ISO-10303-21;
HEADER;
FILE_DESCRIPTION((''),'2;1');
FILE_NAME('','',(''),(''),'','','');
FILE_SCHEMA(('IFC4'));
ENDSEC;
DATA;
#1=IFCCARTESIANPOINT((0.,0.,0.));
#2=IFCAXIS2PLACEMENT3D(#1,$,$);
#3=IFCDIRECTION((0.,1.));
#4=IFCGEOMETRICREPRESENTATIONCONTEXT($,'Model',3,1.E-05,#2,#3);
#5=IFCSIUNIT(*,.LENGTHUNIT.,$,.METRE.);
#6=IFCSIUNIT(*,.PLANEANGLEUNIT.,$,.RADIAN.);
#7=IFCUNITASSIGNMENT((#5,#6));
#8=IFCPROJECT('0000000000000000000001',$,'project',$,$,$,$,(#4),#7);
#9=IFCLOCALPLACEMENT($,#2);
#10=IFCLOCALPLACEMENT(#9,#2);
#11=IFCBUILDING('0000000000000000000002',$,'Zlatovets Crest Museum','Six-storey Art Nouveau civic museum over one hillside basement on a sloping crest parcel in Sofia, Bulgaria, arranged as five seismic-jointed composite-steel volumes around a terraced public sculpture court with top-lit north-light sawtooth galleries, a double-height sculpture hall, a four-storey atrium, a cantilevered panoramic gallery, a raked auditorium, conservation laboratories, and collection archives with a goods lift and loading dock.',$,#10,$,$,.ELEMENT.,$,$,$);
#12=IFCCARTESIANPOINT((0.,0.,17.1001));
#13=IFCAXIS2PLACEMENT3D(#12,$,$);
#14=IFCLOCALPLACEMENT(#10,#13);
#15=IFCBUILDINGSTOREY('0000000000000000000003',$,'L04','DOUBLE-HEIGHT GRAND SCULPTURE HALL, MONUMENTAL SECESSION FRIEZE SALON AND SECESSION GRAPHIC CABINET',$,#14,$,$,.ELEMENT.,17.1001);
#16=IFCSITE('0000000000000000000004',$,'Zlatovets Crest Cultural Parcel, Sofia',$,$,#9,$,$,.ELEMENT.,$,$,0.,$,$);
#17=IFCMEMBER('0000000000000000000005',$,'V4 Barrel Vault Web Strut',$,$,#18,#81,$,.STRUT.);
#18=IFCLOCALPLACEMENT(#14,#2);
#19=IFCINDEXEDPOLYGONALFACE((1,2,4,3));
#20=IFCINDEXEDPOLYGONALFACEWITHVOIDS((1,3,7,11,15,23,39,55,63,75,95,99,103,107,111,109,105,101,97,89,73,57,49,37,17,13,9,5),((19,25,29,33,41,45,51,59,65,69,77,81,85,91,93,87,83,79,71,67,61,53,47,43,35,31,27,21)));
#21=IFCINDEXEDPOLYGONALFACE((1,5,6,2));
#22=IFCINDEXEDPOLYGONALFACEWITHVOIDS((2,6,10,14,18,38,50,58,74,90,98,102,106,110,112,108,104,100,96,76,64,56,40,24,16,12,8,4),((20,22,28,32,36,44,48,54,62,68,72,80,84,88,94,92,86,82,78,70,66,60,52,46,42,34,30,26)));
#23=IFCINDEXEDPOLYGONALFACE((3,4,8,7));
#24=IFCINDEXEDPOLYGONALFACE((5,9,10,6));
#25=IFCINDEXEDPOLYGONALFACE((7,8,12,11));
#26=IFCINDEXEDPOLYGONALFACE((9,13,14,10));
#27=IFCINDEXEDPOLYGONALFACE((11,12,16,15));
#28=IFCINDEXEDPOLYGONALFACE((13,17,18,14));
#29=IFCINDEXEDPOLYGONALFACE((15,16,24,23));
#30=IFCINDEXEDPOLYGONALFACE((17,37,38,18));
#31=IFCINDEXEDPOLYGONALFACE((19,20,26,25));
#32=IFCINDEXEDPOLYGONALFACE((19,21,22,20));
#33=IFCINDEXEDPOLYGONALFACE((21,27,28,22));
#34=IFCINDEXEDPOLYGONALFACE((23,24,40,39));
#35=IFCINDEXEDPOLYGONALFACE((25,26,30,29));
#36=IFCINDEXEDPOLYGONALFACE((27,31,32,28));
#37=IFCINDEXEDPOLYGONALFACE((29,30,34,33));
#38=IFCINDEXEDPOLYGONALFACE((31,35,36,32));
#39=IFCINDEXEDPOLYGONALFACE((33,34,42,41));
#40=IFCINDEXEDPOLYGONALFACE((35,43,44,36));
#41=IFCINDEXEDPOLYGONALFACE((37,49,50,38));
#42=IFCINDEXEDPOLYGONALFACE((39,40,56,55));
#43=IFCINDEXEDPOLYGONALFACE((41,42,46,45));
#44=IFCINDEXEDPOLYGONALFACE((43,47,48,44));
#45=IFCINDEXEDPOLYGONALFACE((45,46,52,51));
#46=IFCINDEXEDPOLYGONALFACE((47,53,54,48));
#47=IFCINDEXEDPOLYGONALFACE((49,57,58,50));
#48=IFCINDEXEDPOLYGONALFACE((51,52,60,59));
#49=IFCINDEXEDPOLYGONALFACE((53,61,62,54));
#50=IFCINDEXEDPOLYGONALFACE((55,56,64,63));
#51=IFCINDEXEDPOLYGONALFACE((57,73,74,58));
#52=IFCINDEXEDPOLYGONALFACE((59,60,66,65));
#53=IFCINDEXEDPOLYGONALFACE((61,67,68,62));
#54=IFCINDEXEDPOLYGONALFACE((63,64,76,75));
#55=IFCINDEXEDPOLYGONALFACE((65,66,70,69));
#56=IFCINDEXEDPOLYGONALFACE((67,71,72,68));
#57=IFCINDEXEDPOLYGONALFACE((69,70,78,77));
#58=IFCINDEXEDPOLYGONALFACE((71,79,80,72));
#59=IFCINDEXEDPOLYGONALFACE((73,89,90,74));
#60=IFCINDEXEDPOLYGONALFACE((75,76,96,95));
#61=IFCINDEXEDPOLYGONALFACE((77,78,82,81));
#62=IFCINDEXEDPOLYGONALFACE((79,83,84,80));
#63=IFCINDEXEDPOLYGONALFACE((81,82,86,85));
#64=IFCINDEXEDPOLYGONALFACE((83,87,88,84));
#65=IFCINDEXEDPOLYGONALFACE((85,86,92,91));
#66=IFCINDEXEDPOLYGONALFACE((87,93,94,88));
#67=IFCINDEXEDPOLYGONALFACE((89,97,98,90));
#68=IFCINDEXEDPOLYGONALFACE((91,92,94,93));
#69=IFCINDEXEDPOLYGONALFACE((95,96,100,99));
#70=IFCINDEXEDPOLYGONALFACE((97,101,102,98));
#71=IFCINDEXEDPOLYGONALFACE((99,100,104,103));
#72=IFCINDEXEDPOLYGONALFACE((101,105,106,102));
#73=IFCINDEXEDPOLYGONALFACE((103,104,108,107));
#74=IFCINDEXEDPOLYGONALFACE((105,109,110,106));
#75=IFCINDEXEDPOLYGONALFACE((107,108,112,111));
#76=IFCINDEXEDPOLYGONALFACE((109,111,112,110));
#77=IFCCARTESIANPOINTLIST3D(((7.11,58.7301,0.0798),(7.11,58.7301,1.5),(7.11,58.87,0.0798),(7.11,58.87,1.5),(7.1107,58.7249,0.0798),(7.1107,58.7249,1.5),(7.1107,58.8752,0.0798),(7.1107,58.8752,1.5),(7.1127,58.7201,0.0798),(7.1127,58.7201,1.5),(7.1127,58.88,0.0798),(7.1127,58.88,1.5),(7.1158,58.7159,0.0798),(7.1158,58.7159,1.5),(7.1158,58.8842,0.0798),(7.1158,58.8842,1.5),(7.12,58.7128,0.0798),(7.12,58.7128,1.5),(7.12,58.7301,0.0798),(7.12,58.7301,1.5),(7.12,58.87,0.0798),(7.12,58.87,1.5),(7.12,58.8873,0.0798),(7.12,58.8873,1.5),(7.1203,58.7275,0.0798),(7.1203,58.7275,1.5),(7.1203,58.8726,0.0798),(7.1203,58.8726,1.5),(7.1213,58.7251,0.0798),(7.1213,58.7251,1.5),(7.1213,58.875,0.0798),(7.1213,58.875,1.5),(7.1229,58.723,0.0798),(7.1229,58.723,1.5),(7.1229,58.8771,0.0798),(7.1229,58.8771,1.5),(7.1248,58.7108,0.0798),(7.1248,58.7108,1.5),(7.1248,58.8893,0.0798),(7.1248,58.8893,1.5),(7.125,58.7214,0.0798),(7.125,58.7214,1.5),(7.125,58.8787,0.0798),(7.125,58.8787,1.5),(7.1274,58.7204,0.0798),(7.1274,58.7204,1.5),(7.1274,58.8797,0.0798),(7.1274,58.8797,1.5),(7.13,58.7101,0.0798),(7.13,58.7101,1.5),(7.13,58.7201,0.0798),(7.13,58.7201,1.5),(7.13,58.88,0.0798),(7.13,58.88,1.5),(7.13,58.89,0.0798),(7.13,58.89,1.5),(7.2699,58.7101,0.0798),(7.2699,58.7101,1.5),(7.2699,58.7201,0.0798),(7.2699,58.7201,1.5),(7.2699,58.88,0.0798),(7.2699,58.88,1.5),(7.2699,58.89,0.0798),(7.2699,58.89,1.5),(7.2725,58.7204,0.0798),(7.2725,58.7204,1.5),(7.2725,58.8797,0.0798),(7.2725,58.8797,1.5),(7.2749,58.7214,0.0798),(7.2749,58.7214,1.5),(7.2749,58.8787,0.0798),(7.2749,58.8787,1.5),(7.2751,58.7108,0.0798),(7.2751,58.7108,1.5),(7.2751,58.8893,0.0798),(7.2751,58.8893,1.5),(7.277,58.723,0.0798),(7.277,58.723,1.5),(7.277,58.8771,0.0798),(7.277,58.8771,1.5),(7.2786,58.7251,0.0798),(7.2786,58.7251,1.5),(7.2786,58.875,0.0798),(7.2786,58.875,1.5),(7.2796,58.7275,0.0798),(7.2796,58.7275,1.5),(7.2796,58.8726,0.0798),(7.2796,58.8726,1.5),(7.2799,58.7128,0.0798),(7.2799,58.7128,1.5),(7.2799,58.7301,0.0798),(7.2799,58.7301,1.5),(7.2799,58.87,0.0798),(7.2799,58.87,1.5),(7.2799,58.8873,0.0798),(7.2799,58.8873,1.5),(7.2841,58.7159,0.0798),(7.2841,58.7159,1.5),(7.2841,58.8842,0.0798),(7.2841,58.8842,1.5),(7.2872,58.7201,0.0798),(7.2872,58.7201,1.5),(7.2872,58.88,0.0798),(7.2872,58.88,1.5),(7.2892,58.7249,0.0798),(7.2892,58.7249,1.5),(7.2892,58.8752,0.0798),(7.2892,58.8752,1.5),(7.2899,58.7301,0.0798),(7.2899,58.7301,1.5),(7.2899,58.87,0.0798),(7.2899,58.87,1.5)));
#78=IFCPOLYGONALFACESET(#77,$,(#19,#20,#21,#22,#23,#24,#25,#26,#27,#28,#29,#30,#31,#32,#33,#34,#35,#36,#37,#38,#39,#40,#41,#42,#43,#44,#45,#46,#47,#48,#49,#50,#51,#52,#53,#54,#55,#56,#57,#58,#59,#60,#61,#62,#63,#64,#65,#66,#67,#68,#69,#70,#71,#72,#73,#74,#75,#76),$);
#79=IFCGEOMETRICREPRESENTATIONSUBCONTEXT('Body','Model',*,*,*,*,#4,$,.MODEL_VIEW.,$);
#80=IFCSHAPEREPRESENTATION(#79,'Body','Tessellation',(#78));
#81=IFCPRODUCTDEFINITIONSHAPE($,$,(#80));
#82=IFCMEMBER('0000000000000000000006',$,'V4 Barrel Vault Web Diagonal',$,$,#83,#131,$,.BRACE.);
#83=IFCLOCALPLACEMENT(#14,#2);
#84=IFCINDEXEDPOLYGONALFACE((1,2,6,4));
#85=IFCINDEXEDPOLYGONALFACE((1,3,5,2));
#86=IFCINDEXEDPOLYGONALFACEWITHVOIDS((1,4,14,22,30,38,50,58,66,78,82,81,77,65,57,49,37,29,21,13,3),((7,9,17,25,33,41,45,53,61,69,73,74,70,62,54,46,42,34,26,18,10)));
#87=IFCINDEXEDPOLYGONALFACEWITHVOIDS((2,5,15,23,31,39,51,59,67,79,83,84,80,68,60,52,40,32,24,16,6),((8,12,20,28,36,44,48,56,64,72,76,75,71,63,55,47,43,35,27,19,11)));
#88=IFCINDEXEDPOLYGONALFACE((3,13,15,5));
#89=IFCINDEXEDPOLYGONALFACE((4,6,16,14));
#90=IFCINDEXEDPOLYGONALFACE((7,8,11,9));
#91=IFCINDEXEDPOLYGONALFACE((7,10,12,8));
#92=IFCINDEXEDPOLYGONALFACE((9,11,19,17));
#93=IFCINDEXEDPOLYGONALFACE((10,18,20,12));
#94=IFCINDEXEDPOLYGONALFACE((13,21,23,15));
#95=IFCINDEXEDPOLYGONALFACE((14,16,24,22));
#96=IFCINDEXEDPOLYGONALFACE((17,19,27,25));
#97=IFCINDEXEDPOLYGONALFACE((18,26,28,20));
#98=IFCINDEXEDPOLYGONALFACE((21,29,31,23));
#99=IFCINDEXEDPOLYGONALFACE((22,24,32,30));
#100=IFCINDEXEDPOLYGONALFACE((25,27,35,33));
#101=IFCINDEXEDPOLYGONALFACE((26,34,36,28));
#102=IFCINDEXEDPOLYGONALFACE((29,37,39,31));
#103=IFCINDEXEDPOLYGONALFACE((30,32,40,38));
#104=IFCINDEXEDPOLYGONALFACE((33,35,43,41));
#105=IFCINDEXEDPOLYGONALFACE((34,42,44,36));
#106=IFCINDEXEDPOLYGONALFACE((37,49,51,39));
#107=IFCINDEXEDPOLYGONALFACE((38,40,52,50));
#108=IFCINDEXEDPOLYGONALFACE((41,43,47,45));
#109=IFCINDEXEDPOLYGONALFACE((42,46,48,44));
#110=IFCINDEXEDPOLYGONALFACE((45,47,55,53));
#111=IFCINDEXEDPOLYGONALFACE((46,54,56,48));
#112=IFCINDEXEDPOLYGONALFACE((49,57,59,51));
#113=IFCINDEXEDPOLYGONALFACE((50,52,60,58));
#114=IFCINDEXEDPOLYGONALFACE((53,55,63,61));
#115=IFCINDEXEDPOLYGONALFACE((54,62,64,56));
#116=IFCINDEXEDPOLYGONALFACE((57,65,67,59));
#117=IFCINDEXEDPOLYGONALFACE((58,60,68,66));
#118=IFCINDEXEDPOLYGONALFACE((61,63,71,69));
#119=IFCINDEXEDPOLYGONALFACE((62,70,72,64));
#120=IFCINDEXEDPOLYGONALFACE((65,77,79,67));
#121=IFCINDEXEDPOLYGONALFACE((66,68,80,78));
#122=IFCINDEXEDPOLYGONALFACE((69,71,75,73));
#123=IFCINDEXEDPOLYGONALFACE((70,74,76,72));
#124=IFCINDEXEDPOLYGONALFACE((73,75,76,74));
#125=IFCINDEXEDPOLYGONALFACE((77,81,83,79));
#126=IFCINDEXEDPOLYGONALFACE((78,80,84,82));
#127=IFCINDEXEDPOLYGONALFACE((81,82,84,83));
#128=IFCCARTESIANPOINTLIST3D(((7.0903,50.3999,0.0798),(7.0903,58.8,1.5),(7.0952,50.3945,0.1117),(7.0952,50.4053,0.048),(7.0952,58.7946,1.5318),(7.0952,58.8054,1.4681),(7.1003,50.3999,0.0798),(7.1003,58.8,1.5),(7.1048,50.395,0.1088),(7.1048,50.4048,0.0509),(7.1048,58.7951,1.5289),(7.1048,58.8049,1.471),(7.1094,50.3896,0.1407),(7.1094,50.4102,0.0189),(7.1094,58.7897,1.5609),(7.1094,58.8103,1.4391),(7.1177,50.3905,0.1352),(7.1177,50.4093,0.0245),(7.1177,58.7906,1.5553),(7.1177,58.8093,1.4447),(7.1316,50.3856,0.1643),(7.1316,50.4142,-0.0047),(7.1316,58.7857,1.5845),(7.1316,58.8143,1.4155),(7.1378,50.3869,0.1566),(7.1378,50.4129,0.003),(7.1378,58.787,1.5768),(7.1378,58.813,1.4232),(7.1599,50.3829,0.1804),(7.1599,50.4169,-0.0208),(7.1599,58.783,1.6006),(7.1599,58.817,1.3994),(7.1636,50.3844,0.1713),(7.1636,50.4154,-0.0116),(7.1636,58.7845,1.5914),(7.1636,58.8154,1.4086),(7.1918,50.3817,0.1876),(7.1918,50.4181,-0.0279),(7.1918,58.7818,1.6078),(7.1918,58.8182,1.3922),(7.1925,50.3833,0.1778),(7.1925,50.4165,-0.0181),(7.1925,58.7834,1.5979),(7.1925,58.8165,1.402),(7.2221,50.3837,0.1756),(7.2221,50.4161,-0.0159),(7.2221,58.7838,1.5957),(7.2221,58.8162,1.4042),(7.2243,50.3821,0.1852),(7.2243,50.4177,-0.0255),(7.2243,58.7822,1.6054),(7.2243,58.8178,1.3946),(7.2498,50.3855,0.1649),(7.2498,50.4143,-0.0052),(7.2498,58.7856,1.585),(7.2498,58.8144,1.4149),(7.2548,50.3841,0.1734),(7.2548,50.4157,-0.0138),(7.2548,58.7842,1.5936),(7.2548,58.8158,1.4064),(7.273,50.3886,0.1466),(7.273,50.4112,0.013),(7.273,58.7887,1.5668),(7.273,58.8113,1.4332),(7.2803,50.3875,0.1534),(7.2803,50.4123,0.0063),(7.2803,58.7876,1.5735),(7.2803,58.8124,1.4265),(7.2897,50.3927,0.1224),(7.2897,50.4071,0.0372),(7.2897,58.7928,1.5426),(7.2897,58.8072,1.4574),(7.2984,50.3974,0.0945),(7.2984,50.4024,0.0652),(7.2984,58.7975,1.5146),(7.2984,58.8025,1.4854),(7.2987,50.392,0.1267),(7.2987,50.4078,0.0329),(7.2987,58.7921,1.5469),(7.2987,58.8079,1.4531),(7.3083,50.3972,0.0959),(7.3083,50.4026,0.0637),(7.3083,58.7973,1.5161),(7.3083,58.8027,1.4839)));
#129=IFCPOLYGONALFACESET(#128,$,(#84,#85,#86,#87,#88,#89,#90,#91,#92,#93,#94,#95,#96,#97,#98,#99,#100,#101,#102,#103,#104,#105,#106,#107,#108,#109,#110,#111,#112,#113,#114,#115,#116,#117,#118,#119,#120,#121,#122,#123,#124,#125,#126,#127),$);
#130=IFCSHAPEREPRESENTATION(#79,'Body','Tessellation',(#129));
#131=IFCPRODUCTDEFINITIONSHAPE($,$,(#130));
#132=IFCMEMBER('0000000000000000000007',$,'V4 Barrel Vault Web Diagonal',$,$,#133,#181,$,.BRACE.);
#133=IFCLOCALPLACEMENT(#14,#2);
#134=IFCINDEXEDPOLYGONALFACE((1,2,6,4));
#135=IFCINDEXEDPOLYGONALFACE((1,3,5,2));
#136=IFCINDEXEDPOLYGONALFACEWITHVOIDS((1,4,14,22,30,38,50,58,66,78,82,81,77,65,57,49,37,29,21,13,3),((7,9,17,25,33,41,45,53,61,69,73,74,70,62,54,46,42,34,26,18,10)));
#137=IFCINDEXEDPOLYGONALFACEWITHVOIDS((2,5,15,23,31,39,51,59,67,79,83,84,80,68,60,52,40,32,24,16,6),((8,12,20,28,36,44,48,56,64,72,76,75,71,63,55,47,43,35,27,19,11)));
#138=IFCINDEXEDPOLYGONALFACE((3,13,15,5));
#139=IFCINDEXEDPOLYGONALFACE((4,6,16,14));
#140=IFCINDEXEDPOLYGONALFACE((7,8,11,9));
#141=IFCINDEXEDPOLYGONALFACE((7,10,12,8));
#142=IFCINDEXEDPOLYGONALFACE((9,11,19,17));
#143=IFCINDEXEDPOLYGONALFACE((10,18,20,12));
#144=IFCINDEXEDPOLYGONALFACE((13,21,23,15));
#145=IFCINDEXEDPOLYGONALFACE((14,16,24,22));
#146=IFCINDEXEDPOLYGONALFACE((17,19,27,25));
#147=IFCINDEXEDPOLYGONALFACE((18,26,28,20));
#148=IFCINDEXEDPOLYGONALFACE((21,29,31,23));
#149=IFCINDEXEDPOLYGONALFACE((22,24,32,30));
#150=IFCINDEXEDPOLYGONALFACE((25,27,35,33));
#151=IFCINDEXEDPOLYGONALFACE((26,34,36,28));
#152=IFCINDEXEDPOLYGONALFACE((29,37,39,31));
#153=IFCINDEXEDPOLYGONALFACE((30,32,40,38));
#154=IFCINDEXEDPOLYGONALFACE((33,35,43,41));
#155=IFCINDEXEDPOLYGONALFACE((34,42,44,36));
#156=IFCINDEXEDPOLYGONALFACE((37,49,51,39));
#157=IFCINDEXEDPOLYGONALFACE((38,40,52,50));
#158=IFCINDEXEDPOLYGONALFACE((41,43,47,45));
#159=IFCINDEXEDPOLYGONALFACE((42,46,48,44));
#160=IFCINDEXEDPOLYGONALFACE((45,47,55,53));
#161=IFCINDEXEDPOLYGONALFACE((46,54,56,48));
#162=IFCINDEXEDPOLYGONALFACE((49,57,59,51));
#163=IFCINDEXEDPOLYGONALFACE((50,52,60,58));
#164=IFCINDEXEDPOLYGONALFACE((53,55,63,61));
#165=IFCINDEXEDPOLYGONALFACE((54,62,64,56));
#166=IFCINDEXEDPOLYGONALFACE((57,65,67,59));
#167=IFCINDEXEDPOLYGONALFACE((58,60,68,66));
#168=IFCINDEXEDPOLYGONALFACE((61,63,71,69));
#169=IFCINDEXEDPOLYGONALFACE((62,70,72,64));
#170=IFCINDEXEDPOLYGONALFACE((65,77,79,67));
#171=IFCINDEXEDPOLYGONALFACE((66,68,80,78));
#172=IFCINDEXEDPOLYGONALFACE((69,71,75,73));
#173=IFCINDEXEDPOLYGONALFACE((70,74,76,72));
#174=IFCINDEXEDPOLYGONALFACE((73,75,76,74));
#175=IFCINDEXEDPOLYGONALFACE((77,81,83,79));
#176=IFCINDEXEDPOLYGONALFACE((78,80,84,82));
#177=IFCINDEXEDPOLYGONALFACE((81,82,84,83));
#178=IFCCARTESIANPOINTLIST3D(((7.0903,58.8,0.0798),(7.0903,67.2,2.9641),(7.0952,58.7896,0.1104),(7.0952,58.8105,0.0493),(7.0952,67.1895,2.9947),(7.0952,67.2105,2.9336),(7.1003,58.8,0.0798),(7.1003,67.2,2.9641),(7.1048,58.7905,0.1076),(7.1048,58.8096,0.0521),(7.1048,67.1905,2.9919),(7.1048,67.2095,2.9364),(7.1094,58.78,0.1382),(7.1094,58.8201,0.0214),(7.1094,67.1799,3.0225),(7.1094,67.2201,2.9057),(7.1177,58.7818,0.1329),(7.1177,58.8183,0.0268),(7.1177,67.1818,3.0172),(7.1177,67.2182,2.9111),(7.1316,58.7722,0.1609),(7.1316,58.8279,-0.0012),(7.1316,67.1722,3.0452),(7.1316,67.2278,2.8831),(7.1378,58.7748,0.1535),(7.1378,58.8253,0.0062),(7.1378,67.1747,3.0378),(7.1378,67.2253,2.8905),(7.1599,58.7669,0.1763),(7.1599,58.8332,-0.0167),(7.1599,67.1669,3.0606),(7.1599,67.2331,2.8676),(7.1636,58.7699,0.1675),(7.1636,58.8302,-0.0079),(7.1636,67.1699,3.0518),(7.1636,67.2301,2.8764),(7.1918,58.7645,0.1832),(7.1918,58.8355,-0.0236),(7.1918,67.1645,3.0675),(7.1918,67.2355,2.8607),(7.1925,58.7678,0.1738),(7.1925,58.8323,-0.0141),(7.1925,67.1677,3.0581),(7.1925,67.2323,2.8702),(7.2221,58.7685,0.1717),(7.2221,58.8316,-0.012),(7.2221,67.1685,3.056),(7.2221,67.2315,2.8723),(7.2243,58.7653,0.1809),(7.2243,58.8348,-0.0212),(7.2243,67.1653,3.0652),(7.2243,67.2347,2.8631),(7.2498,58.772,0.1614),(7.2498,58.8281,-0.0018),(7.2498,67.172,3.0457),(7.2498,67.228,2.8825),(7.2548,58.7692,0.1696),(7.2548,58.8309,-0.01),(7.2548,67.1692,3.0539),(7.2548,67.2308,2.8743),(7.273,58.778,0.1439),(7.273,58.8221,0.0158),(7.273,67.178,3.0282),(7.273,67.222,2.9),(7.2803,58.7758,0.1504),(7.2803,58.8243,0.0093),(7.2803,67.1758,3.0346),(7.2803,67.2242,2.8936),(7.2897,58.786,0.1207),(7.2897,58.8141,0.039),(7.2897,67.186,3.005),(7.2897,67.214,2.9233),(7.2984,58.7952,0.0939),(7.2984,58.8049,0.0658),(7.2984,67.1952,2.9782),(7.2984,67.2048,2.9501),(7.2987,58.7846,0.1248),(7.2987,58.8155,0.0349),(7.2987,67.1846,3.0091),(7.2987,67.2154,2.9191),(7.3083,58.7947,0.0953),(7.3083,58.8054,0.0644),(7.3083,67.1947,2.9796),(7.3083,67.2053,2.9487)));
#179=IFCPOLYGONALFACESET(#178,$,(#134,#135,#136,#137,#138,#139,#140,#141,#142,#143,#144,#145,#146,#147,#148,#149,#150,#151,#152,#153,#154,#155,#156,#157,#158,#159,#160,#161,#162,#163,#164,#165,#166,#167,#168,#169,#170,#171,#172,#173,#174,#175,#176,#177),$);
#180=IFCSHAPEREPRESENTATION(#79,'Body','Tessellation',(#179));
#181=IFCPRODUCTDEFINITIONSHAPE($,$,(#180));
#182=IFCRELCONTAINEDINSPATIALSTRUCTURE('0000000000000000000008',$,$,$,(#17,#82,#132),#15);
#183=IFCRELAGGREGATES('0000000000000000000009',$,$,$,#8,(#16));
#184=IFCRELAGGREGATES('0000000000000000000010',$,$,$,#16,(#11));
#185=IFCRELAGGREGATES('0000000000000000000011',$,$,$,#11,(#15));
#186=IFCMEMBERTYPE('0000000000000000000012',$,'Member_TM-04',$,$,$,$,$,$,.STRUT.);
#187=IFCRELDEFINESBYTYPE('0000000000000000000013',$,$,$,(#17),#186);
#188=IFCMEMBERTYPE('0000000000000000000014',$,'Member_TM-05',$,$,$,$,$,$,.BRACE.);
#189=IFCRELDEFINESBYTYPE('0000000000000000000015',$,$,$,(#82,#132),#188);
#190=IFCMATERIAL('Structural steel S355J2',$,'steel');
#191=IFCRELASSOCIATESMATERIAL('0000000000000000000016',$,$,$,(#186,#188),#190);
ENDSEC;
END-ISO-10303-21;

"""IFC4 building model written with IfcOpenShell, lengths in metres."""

from ifc_helpers import new_model, si_unit, direction, frame, origin, origin_2d, place, context, subcontext, project, spatial, hollow_rectangle, hollow_circle, extrude, material, material_profile, profile_set, type_object, element, save


model = new_model("IFC4")

# Units and contexts
model_context = context("Model", 3, precision=1e-05, world=origin(), true_north=direction((0.0, 1.0)))
body_context = subcontext(model_context, "Body", "Model", "MODEL_VIEW")
ifc_project = project(units=[si_unit("LENGTHUNIT", "METRE"), si_unit("PLANEANGLEUNIT", "RADIAN")], contexts=[model_context])

# Site, building, storey
site_placement = place(None, origin())
site = spatial("IfcSite", under=ifc_project, at=site_placement, Name="Zlatovets Crest Cultural Parcel, Sofia", CompositionType="ELEMENT", RefElevation=0.0)
building_placement = place(site_placement, origin())
building = spatial("IfcBuilding", under=site, at=building_placement, Name="Zlatovets Crest Museum", Description="Six-storey Art Nouveau civic museum over one hillside basement on a sloping crest parcel in Sofia, Bulgaria, arranged as five seismic-jointed composite-steel volumes around a terraced public sculpture court with top-lit north-light sawtooth galleries, a double-height sculpture hall, a four-storey atrium, a cantilevered panoramic gallery, a raked auditorium, conservation laboratories, and collection archives with a goods lift and loading dock.", CompositionType="ELEMENT")
storey_placement = place(building_placement, frame((0.0, 0.0, 17.1001)))
storey = spatial("IfcBuildingStorey", under=building, at=storey_placement, Name="L04", Description="DOUBLE-HEIGHT GRAND SCULPTURE HALL, MONUMENTAL SECESSION FRIEZE SALON AND SECESSION GRAPHIC CABINET", CompositionType="ELEMENT", Elevation=17.1001)

# Shared definitions
ifc_material_1 = material(Name="Structural steel S355J2", Category="steel")

# Members
ifc_material_profile_1 = material_profile(ifc_material_1, hollow_rectangle(XDim=0.1799, YDim=0.1799, WallThickness=0.01, InnerFilletRadius=0.01, OuterFilletRadius=0.02, at=origin_2d()), Name="SHS 180x180x10.0")
ifc_profile_set_1 = profile_set([ifc_material_profile_1], Name="Structural steel S355J2")
member_type_1 = type_object("IfcMemberType", Name="Member_TM-04", PredefinedType="STRUT", material=ifc_profile_set_1)
member_1_placement = place(storey_placement, frame((7.2, 58.8, 0.0798), z_axis=(0.0, 0.0, 1.0), x_axis=(1.0, 0.0, 0.0)))
element("IfcMember", 1, at=member_1_placement, inside=storey, type_object=member_type_1, Name="V4 Barrel Vault Web Strut", PredefinedType="STRUT", context=body_context, shape_type="SweptSolid", body=[
    extrude(hollow_rectangle(XDim=0.1799, YDim=0.1799, WallThickness=0.01, InnerFilletRadius=0.01, OuterFilletRadius=0.02, at=origin_2d()), origin(), (0.0, 0.0, 1.0), 1.4202),
])
ifc_material_profile_2 = material_profile(ifc_material_1, hollow_circle(Radius=0.1096, WallThickness=0.01, at=origin_2d()), Name="CHS 219.1x10.0")
ifc_profile_set_2 = profile_set([ifc_material_profile_2], Name="Structural steel S355J2")
member_type_2 = type_object("IfcMemberType", Name="Member_TM-05", PredefinedType="BRACE", material=ifc_profile_set_2)
member_2_placement = place(storey_placement, frame((7.2, 50.3999, 0.0798), z_axis=(0.0, 0.986008, 0.166699), x_axis=(-1.0, 0.0, 0.0)))
element("IfcMember", 2, at=member_2_placement, inside=storey, type_object=member_type_2, Name="V4 Barrel Vault Web Diagonal", PredefinedType="BRACE", context=body_context, shape_type="SweptSolid", body=[
    extrude(hollow_circle(Radius=0.1096, WallThickness=0.01, at=origin_2d()), origin(), (0.0, 0.0, 1.0), 8.5193),
])
member_3_placement = place(storey_placement, frame((7.2, 58.8, 0.0798), z_axis=(0.0, 0.945797, 0.324759), x_axis=(-1.0, 0.0, 0.0)))
element("IfcMember", 3, at=member_3_placement, inside=storey, type_object=member_type_2, Name="V4 Barrel Vault Web Diagonal", PredefinedType="BRACE", context=body_context, shape_type="SweptSolid", body=[
    extrude(hollow_circle(Radius=0.1096, WallThickness=0.01, at=origin_2d()), origin(), (0.0, 0.0, 1.0), 8.8813),
])

save(model, "model.ifc")
